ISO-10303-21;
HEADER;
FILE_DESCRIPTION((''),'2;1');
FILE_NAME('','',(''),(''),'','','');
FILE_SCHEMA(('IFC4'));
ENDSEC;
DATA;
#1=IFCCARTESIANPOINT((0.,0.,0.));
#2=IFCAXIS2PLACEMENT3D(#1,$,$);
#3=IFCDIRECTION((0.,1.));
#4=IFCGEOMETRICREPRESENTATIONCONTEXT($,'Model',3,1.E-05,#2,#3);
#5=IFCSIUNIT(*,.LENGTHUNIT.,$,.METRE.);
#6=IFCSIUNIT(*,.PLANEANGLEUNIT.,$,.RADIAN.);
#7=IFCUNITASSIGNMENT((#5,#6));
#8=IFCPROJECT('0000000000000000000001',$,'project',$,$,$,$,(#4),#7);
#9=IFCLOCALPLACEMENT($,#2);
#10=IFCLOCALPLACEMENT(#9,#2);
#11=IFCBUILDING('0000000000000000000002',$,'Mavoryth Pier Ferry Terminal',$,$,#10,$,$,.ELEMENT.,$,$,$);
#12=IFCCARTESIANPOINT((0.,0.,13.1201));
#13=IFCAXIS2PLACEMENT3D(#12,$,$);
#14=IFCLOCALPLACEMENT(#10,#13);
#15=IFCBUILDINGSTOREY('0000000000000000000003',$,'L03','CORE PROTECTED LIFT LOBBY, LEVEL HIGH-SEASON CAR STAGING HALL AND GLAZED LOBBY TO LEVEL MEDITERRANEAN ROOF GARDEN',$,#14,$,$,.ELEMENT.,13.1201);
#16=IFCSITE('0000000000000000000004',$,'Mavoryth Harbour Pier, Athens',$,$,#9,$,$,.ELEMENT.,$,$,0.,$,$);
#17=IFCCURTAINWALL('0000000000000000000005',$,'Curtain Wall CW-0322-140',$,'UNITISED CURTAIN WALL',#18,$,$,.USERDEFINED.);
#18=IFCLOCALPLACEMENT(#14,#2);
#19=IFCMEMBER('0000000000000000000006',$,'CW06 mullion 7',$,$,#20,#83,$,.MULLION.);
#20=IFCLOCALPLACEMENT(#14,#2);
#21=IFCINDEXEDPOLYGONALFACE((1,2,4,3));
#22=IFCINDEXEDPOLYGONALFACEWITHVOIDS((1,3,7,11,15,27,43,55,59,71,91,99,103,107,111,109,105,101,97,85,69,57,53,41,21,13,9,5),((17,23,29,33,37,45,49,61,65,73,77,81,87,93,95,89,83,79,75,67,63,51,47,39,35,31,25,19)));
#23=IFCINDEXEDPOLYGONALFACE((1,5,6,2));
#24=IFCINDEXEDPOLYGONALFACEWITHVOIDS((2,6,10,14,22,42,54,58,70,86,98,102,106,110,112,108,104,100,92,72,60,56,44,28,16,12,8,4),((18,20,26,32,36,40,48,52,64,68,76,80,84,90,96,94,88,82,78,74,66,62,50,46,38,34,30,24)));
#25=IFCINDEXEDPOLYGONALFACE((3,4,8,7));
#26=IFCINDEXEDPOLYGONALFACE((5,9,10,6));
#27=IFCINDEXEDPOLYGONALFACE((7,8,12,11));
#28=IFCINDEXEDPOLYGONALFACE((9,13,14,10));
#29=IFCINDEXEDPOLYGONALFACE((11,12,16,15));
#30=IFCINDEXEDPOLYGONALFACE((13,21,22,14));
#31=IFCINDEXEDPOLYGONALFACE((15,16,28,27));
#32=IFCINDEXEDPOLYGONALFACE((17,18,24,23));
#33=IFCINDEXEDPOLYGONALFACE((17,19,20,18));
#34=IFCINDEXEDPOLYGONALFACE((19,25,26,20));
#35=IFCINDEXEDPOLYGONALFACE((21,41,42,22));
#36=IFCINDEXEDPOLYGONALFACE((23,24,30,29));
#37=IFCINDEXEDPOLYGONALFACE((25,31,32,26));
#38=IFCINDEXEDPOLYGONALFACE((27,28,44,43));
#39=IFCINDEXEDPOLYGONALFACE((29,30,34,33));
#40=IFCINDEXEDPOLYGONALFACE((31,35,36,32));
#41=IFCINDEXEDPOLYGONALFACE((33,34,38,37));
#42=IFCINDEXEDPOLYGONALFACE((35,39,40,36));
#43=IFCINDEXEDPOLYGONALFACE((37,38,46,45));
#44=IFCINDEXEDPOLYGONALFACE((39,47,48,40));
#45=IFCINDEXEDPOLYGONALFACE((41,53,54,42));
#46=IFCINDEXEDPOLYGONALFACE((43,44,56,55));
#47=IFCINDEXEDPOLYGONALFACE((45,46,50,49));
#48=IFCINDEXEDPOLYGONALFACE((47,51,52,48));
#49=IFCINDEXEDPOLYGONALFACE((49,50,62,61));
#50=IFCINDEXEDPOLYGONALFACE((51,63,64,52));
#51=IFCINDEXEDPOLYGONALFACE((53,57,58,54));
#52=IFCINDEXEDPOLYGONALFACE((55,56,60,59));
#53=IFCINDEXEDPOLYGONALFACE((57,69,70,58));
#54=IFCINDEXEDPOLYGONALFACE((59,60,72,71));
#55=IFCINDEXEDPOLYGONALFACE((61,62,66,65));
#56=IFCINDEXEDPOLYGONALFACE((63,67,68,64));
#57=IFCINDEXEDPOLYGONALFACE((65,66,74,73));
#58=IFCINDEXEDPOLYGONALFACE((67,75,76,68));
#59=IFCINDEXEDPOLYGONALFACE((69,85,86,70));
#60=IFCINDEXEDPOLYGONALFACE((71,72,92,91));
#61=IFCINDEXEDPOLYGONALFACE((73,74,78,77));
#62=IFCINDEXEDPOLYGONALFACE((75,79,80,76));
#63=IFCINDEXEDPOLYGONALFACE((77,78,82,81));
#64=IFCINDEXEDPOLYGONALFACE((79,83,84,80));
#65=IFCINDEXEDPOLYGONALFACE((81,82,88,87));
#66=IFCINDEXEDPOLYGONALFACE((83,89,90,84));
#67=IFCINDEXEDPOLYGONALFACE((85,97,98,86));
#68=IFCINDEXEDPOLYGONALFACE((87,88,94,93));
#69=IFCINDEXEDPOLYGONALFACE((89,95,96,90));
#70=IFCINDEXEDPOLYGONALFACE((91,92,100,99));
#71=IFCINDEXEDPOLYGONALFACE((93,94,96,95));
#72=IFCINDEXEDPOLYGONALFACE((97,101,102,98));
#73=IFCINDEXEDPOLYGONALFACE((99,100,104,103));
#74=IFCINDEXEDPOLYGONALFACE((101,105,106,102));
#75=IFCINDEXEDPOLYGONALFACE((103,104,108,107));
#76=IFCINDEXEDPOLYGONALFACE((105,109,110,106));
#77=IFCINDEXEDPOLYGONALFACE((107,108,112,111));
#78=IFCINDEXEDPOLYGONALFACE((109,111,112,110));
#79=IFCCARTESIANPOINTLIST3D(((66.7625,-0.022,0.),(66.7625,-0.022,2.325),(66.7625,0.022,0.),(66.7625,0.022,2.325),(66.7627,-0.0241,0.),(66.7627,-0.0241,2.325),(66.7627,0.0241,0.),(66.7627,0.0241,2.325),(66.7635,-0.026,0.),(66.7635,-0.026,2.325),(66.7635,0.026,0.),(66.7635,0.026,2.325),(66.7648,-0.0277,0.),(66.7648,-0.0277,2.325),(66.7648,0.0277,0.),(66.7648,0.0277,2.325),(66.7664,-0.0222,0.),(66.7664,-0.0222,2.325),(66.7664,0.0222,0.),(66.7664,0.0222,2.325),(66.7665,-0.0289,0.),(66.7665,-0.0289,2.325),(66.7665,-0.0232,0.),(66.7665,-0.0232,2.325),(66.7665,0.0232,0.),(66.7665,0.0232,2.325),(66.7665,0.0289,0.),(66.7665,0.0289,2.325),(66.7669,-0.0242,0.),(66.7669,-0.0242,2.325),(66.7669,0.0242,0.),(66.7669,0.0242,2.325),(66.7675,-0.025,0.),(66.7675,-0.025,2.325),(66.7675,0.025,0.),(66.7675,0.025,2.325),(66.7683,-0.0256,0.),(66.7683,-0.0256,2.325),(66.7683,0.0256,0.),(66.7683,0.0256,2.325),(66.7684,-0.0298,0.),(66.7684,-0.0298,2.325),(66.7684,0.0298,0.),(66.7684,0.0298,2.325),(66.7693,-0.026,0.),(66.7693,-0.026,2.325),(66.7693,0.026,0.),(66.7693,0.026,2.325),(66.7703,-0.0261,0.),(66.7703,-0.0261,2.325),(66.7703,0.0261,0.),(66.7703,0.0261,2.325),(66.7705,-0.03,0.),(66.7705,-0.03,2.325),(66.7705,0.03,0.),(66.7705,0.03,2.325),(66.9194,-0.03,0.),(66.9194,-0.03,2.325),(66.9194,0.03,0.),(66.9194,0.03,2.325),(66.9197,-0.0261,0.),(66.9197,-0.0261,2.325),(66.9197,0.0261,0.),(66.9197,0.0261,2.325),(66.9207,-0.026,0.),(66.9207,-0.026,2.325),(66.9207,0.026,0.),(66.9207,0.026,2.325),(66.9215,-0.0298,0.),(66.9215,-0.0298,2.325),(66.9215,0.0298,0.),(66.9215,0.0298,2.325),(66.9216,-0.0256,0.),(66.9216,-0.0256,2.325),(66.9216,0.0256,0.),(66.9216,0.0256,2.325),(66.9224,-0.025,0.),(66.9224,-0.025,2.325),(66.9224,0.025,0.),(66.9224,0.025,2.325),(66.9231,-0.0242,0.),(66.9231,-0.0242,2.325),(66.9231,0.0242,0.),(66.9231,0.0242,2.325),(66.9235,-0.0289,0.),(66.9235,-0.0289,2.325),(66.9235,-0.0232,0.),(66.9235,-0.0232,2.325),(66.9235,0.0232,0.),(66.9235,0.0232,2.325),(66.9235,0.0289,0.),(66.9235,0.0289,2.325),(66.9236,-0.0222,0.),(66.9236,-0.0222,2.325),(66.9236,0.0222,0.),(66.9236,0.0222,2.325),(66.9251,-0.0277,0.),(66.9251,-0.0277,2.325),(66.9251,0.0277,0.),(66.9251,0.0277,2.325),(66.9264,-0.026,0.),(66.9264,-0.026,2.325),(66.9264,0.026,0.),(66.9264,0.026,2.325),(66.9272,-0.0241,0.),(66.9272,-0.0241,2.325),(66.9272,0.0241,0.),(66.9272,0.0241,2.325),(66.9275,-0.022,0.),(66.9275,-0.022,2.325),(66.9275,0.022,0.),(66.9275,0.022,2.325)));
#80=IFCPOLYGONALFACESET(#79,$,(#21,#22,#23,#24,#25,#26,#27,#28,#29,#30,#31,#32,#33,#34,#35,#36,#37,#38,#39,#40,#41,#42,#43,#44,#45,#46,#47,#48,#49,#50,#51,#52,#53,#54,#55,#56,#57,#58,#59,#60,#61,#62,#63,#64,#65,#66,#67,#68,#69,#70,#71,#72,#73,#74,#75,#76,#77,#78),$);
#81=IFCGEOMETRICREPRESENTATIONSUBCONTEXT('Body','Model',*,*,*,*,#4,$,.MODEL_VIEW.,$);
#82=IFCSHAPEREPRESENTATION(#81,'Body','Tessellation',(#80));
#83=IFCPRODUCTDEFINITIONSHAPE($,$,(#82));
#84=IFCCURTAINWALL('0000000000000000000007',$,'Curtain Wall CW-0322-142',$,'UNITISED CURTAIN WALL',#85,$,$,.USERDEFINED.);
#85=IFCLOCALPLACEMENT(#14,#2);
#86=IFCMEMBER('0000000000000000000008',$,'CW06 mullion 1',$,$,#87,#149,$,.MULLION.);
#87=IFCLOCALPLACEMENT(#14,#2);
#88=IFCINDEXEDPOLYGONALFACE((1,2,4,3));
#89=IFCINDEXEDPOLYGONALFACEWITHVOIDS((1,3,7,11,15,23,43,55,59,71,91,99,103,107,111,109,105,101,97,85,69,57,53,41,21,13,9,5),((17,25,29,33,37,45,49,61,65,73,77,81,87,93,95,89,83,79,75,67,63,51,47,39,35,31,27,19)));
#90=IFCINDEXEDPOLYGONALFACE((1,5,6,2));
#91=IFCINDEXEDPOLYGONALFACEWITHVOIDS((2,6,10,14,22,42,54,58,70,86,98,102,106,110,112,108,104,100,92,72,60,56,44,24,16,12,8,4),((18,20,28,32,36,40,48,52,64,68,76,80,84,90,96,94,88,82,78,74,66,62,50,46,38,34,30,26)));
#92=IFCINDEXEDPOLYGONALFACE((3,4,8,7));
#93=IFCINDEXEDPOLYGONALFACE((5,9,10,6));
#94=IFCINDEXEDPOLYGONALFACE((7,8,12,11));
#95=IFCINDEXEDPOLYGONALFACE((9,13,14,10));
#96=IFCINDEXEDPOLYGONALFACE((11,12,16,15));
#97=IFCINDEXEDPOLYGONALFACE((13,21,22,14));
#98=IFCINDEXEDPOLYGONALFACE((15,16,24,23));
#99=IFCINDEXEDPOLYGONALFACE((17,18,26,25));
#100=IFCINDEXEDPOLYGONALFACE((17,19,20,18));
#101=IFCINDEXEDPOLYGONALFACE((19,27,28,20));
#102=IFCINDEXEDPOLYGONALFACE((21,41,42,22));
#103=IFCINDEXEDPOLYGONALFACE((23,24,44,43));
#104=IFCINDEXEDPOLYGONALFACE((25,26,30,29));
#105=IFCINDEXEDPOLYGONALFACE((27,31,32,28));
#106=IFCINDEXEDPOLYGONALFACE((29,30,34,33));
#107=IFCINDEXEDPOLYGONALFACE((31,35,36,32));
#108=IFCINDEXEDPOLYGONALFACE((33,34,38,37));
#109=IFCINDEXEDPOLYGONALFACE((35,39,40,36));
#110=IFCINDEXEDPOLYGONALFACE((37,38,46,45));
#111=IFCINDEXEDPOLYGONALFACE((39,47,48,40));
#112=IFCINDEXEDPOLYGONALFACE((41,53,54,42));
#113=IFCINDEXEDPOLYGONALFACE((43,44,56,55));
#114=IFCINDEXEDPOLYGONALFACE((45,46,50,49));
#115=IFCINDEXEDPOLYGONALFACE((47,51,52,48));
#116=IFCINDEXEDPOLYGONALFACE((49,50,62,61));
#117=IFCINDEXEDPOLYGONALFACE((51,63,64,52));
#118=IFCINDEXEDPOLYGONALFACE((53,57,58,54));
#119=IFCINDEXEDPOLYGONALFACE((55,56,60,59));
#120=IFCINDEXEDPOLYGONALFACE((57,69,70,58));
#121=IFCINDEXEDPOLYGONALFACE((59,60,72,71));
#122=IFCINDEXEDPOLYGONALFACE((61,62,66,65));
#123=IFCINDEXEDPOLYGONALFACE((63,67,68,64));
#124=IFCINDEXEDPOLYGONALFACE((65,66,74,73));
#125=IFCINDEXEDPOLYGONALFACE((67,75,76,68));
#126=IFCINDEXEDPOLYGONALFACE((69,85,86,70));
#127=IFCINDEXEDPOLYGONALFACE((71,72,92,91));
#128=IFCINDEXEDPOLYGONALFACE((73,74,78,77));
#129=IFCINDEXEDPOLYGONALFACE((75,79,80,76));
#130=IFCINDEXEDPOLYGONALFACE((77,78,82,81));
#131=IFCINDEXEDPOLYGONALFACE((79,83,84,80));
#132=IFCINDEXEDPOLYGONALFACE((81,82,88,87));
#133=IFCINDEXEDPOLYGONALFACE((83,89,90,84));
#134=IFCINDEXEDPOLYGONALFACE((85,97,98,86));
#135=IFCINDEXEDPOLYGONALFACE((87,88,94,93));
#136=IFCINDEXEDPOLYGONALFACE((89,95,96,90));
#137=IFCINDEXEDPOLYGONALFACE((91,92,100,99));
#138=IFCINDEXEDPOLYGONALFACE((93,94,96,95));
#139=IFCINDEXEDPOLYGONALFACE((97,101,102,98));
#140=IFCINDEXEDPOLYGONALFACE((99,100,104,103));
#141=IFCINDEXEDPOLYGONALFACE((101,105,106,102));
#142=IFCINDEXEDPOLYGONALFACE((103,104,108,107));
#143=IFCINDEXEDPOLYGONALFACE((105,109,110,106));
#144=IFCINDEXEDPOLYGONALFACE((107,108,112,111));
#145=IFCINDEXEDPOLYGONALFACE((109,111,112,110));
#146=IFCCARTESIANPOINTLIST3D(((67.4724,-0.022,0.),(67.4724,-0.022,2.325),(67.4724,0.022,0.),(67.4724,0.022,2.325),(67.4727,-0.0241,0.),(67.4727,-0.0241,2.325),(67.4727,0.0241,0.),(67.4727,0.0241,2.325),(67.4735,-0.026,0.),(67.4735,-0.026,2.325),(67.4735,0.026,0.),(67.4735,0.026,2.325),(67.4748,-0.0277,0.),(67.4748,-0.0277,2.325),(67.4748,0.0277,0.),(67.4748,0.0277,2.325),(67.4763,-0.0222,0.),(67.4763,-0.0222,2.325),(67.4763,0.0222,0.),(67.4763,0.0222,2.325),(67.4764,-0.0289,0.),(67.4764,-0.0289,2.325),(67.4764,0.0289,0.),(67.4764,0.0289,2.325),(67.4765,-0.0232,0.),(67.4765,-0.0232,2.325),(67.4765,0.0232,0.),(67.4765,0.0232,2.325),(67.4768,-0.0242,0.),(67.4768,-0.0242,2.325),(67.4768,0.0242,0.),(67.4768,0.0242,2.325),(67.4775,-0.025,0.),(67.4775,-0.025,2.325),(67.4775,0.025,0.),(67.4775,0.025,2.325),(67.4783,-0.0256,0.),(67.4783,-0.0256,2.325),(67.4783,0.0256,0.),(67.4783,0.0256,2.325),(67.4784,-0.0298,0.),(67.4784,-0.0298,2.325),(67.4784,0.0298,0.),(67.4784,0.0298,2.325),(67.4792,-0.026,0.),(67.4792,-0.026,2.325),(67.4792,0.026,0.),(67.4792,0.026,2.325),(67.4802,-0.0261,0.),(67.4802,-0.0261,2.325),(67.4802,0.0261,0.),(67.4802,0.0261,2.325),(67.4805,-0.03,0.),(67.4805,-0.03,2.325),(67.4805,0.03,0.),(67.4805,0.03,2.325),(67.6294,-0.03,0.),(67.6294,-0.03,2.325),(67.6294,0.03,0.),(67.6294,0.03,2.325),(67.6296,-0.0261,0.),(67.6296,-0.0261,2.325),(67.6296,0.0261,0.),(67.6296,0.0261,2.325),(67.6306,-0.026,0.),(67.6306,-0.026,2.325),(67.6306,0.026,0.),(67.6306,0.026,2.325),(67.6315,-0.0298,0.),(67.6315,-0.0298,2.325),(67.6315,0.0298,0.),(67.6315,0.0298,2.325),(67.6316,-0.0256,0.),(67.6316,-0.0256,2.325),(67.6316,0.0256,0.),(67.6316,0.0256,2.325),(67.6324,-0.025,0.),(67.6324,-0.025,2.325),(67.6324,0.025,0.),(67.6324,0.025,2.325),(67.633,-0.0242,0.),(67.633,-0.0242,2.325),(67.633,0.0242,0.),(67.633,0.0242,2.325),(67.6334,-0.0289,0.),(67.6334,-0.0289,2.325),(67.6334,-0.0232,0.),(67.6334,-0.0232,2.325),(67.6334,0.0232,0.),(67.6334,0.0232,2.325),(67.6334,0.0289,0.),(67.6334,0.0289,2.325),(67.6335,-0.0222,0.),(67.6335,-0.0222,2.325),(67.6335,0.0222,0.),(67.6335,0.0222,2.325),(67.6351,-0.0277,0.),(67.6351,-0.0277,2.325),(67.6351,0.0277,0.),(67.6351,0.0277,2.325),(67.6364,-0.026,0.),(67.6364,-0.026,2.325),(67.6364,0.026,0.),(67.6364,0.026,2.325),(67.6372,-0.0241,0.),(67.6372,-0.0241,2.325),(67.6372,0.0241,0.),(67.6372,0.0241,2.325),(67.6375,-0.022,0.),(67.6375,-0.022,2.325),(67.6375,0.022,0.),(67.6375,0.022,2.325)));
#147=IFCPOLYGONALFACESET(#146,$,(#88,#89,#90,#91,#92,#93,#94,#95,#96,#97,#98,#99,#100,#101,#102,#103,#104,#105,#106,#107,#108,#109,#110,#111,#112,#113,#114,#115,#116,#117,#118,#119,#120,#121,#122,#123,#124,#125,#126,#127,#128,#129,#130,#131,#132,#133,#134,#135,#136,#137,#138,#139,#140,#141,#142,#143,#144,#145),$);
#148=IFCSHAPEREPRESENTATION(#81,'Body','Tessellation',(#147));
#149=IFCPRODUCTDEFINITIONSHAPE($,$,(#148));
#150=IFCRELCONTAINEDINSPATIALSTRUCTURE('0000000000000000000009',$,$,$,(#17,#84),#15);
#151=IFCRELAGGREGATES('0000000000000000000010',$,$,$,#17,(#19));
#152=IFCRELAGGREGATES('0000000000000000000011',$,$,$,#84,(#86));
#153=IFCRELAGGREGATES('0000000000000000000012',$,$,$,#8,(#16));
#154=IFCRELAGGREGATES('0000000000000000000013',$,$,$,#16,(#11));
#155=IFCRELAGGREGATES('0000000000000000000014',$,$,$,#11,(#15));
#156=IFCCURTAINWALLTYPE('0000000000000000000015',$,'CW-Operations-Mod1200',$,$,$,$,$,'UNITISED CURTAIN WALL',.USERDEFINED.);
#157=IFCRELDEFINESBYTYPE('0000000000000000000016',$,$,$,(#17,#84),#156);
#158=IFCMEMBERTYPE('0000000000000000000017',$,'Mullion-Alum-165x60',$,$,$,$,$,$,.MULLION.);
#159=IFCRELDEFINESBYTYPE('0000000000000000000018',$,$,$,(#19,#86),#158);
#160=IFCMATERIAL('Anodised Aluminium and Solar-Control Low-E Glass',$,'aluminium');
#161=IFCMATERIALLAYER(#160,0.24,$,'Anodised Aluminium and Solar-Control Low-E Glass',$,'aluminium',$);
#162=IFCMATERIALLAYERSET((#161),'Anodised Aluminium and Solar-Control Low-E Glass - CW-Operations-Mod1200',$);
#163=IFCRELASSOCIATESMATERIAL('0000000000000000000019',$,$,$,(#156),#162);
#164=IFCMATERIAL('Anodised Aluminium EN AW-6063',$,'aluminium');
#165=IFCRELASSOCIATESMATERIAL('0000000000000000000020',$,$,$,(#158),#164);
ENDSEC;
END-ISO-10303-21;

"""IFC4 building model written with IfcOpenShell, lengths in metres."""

from ifc_helpers import new_model, si_unit, direction, frame, origin, origin_2d, place, context, subcontext, project, spatial, hollow_rectangle, extrude, material, layer, layer_set, material_profile, profile_set, type_object, element, aggregate, save


model = new_model("IFC4")

# Units and contexts
model_context = context("Model", 3, precision=1e-05, world=origin(), true_north=direction((0.0, 1.0)))
body_context = subcontext(model_context, "Body", "Model", "MODEL_VIEW")
ifc_project = project(units=[si_unit("LENGTHUNIT", "METRE"), si_unit("PLANEANGLEUNIT", "RADIAN")], contexts=[model_context])

# Site, building, storey
site_placement = place(None, origin())
site = spatial("IfcSite", under=ifc_project, at=site_placement, Name="Mavoryth Harbour Pier, Athens", CompositionType="ELEMENT", RefElevation=0.0)
building_placement = place(site_placement, origin())
building = spatial("IfcBuilding", under=site, at=building_placement, Name="Mavoryth Pier Ferry Terminal", CompositionType="ELEMENT")
storey_placement = place(building_placement, frame((0.0, 0.0, 13.1201)))
storey = spatial("IfcBuildingStorey", under=building, at=storey_placement, Name="L03", Description="CORE PROTECTED LIFT LOBBY, LEVEL HIGH-SEASON CAR STAGING HALL AND GLAZED LOBBY TO LEVEL MEDITERRANEAN ROOF GARDEN", CompositionType="ELEMENT", Elevation=13.1201)

# Curtain walls, members
ifc_material_1 = material(Name="Anodised Aluminium and Solar-Control Low-E Glass", Category="aluminium")
ifc_layer_1 = layer(ifc_material_1, 0.24, Name="Anodised Aluminium and Solar-Control Low-E Glass", Category="aluminium")
ifc_layer_set_1 = layer_set([ifc_layer_1], Name="Anodised Aluminium and Solar-Control Low-E Glass - CW-Operations-Mod1200")
curtain_wall_type = type_object("IfcCurtainWallType", Name="CW-Operations-Mod1200", ElementType="UNITISED CURTAIN WALL", PredefinedType="USERDEFINED", material=ifc_layer_set_1)
curtain_wall_1_placement = place(storey_placement, origin())
curtain_wall_1 = element("IfcCurtainWall", 1, at=curtain_wall_1_placement, inside=storey, type_object=curtain_wall_type, Name="Curtain Wall CW-0322-140", ObjectType="UNITISED CURTAIN WALL", PredefinedType="USERDEFINED")
ifc_material_2 = material(Name="Anodised Aluminium EN AW-6063", Category="aluminium")
ifc_material_profile_1 = material_profile(ifc_material_2, hollow_rectangle(XDim=0.0601, YDim=0.165, WallThickness=0.0039, InnerFilletRadius=0.0039, OuterFilletRadius=0.0081, at=origin_2d()), Name="AL-MULL 165x60x4", Category="aluminium")
ifc_profile_set_1 = profile_set([ifc_material_profile_1], Name="Anodised Aluminium EN AW-6063 - AL-MULL 165x60x4")
member_type_1 = type_object("IfcMemberType", Name="Mullion-Alum-165x60", PredefinedType="MULLION", material=ifc_profile_set_1)
member_1_placement = place(storey_placement, frame((66.845, 0.0, 0.0), z_axis=(0.0, 0.0, 1.0), x_axis=(0.0, 1.0, 0.0)))
member_1 = element("IfcMember", 2, at=member_1_placement, type_object=member_type_1, Name="CW06 mullion 7", PredefinedType="MULLION", context=body_context, shape_type="SweptSolid", body=[
    extrude(hollow_rectangle(XDim=0.0601, YDim=0.165, WallThickness=0.0039, InnerFilletRadius=0.0039, OuterFilletRadius=0.0081, at=origin_2d()), origin(), (0.0, 0.0, 1.0), 2.325),
])
curtain_wall_2_placement = place(storey_placement, origin())
curtain_wall_2 = element("IfcCurtainWall", 3, at=curtain_wall_2_placement, inside=storey, type_object=curtain_wall_type, Name="Curtain Wall CW-0322-142", ObjectType="UNITISED CURTAIN WALL", PredefinedType="USERDEFINED")
member_2_placement = place(storey_placement, frame((67.5549, 0.0, 0.0), z_axis=(0.0, 0.0, 1.0), x_axis=(0.0, 1.0, 0.0)))
member_2 = element("IfcMember", 4, at=member_2_placement, type_object=member_type_1, Name="CW06 mullion 1", PredefinedType="MULLION", context=body_context, shape_type="SweptSolid", body=[
    extrude(hollow_rectangle(XDim=0.0601, YDim=0.165, WallThickness=0.0039, InnerFilletRadius=0.0039, OuterFilletRadius=0.0081, at=origin_2d()), origin(), (0.0, 0.0, 1.0), 2.325),
])

aggregate(curtain_wall_1, [member_1])
aggregate(curtain_wall_2, [member_2])

save(model, "model.ifc")
